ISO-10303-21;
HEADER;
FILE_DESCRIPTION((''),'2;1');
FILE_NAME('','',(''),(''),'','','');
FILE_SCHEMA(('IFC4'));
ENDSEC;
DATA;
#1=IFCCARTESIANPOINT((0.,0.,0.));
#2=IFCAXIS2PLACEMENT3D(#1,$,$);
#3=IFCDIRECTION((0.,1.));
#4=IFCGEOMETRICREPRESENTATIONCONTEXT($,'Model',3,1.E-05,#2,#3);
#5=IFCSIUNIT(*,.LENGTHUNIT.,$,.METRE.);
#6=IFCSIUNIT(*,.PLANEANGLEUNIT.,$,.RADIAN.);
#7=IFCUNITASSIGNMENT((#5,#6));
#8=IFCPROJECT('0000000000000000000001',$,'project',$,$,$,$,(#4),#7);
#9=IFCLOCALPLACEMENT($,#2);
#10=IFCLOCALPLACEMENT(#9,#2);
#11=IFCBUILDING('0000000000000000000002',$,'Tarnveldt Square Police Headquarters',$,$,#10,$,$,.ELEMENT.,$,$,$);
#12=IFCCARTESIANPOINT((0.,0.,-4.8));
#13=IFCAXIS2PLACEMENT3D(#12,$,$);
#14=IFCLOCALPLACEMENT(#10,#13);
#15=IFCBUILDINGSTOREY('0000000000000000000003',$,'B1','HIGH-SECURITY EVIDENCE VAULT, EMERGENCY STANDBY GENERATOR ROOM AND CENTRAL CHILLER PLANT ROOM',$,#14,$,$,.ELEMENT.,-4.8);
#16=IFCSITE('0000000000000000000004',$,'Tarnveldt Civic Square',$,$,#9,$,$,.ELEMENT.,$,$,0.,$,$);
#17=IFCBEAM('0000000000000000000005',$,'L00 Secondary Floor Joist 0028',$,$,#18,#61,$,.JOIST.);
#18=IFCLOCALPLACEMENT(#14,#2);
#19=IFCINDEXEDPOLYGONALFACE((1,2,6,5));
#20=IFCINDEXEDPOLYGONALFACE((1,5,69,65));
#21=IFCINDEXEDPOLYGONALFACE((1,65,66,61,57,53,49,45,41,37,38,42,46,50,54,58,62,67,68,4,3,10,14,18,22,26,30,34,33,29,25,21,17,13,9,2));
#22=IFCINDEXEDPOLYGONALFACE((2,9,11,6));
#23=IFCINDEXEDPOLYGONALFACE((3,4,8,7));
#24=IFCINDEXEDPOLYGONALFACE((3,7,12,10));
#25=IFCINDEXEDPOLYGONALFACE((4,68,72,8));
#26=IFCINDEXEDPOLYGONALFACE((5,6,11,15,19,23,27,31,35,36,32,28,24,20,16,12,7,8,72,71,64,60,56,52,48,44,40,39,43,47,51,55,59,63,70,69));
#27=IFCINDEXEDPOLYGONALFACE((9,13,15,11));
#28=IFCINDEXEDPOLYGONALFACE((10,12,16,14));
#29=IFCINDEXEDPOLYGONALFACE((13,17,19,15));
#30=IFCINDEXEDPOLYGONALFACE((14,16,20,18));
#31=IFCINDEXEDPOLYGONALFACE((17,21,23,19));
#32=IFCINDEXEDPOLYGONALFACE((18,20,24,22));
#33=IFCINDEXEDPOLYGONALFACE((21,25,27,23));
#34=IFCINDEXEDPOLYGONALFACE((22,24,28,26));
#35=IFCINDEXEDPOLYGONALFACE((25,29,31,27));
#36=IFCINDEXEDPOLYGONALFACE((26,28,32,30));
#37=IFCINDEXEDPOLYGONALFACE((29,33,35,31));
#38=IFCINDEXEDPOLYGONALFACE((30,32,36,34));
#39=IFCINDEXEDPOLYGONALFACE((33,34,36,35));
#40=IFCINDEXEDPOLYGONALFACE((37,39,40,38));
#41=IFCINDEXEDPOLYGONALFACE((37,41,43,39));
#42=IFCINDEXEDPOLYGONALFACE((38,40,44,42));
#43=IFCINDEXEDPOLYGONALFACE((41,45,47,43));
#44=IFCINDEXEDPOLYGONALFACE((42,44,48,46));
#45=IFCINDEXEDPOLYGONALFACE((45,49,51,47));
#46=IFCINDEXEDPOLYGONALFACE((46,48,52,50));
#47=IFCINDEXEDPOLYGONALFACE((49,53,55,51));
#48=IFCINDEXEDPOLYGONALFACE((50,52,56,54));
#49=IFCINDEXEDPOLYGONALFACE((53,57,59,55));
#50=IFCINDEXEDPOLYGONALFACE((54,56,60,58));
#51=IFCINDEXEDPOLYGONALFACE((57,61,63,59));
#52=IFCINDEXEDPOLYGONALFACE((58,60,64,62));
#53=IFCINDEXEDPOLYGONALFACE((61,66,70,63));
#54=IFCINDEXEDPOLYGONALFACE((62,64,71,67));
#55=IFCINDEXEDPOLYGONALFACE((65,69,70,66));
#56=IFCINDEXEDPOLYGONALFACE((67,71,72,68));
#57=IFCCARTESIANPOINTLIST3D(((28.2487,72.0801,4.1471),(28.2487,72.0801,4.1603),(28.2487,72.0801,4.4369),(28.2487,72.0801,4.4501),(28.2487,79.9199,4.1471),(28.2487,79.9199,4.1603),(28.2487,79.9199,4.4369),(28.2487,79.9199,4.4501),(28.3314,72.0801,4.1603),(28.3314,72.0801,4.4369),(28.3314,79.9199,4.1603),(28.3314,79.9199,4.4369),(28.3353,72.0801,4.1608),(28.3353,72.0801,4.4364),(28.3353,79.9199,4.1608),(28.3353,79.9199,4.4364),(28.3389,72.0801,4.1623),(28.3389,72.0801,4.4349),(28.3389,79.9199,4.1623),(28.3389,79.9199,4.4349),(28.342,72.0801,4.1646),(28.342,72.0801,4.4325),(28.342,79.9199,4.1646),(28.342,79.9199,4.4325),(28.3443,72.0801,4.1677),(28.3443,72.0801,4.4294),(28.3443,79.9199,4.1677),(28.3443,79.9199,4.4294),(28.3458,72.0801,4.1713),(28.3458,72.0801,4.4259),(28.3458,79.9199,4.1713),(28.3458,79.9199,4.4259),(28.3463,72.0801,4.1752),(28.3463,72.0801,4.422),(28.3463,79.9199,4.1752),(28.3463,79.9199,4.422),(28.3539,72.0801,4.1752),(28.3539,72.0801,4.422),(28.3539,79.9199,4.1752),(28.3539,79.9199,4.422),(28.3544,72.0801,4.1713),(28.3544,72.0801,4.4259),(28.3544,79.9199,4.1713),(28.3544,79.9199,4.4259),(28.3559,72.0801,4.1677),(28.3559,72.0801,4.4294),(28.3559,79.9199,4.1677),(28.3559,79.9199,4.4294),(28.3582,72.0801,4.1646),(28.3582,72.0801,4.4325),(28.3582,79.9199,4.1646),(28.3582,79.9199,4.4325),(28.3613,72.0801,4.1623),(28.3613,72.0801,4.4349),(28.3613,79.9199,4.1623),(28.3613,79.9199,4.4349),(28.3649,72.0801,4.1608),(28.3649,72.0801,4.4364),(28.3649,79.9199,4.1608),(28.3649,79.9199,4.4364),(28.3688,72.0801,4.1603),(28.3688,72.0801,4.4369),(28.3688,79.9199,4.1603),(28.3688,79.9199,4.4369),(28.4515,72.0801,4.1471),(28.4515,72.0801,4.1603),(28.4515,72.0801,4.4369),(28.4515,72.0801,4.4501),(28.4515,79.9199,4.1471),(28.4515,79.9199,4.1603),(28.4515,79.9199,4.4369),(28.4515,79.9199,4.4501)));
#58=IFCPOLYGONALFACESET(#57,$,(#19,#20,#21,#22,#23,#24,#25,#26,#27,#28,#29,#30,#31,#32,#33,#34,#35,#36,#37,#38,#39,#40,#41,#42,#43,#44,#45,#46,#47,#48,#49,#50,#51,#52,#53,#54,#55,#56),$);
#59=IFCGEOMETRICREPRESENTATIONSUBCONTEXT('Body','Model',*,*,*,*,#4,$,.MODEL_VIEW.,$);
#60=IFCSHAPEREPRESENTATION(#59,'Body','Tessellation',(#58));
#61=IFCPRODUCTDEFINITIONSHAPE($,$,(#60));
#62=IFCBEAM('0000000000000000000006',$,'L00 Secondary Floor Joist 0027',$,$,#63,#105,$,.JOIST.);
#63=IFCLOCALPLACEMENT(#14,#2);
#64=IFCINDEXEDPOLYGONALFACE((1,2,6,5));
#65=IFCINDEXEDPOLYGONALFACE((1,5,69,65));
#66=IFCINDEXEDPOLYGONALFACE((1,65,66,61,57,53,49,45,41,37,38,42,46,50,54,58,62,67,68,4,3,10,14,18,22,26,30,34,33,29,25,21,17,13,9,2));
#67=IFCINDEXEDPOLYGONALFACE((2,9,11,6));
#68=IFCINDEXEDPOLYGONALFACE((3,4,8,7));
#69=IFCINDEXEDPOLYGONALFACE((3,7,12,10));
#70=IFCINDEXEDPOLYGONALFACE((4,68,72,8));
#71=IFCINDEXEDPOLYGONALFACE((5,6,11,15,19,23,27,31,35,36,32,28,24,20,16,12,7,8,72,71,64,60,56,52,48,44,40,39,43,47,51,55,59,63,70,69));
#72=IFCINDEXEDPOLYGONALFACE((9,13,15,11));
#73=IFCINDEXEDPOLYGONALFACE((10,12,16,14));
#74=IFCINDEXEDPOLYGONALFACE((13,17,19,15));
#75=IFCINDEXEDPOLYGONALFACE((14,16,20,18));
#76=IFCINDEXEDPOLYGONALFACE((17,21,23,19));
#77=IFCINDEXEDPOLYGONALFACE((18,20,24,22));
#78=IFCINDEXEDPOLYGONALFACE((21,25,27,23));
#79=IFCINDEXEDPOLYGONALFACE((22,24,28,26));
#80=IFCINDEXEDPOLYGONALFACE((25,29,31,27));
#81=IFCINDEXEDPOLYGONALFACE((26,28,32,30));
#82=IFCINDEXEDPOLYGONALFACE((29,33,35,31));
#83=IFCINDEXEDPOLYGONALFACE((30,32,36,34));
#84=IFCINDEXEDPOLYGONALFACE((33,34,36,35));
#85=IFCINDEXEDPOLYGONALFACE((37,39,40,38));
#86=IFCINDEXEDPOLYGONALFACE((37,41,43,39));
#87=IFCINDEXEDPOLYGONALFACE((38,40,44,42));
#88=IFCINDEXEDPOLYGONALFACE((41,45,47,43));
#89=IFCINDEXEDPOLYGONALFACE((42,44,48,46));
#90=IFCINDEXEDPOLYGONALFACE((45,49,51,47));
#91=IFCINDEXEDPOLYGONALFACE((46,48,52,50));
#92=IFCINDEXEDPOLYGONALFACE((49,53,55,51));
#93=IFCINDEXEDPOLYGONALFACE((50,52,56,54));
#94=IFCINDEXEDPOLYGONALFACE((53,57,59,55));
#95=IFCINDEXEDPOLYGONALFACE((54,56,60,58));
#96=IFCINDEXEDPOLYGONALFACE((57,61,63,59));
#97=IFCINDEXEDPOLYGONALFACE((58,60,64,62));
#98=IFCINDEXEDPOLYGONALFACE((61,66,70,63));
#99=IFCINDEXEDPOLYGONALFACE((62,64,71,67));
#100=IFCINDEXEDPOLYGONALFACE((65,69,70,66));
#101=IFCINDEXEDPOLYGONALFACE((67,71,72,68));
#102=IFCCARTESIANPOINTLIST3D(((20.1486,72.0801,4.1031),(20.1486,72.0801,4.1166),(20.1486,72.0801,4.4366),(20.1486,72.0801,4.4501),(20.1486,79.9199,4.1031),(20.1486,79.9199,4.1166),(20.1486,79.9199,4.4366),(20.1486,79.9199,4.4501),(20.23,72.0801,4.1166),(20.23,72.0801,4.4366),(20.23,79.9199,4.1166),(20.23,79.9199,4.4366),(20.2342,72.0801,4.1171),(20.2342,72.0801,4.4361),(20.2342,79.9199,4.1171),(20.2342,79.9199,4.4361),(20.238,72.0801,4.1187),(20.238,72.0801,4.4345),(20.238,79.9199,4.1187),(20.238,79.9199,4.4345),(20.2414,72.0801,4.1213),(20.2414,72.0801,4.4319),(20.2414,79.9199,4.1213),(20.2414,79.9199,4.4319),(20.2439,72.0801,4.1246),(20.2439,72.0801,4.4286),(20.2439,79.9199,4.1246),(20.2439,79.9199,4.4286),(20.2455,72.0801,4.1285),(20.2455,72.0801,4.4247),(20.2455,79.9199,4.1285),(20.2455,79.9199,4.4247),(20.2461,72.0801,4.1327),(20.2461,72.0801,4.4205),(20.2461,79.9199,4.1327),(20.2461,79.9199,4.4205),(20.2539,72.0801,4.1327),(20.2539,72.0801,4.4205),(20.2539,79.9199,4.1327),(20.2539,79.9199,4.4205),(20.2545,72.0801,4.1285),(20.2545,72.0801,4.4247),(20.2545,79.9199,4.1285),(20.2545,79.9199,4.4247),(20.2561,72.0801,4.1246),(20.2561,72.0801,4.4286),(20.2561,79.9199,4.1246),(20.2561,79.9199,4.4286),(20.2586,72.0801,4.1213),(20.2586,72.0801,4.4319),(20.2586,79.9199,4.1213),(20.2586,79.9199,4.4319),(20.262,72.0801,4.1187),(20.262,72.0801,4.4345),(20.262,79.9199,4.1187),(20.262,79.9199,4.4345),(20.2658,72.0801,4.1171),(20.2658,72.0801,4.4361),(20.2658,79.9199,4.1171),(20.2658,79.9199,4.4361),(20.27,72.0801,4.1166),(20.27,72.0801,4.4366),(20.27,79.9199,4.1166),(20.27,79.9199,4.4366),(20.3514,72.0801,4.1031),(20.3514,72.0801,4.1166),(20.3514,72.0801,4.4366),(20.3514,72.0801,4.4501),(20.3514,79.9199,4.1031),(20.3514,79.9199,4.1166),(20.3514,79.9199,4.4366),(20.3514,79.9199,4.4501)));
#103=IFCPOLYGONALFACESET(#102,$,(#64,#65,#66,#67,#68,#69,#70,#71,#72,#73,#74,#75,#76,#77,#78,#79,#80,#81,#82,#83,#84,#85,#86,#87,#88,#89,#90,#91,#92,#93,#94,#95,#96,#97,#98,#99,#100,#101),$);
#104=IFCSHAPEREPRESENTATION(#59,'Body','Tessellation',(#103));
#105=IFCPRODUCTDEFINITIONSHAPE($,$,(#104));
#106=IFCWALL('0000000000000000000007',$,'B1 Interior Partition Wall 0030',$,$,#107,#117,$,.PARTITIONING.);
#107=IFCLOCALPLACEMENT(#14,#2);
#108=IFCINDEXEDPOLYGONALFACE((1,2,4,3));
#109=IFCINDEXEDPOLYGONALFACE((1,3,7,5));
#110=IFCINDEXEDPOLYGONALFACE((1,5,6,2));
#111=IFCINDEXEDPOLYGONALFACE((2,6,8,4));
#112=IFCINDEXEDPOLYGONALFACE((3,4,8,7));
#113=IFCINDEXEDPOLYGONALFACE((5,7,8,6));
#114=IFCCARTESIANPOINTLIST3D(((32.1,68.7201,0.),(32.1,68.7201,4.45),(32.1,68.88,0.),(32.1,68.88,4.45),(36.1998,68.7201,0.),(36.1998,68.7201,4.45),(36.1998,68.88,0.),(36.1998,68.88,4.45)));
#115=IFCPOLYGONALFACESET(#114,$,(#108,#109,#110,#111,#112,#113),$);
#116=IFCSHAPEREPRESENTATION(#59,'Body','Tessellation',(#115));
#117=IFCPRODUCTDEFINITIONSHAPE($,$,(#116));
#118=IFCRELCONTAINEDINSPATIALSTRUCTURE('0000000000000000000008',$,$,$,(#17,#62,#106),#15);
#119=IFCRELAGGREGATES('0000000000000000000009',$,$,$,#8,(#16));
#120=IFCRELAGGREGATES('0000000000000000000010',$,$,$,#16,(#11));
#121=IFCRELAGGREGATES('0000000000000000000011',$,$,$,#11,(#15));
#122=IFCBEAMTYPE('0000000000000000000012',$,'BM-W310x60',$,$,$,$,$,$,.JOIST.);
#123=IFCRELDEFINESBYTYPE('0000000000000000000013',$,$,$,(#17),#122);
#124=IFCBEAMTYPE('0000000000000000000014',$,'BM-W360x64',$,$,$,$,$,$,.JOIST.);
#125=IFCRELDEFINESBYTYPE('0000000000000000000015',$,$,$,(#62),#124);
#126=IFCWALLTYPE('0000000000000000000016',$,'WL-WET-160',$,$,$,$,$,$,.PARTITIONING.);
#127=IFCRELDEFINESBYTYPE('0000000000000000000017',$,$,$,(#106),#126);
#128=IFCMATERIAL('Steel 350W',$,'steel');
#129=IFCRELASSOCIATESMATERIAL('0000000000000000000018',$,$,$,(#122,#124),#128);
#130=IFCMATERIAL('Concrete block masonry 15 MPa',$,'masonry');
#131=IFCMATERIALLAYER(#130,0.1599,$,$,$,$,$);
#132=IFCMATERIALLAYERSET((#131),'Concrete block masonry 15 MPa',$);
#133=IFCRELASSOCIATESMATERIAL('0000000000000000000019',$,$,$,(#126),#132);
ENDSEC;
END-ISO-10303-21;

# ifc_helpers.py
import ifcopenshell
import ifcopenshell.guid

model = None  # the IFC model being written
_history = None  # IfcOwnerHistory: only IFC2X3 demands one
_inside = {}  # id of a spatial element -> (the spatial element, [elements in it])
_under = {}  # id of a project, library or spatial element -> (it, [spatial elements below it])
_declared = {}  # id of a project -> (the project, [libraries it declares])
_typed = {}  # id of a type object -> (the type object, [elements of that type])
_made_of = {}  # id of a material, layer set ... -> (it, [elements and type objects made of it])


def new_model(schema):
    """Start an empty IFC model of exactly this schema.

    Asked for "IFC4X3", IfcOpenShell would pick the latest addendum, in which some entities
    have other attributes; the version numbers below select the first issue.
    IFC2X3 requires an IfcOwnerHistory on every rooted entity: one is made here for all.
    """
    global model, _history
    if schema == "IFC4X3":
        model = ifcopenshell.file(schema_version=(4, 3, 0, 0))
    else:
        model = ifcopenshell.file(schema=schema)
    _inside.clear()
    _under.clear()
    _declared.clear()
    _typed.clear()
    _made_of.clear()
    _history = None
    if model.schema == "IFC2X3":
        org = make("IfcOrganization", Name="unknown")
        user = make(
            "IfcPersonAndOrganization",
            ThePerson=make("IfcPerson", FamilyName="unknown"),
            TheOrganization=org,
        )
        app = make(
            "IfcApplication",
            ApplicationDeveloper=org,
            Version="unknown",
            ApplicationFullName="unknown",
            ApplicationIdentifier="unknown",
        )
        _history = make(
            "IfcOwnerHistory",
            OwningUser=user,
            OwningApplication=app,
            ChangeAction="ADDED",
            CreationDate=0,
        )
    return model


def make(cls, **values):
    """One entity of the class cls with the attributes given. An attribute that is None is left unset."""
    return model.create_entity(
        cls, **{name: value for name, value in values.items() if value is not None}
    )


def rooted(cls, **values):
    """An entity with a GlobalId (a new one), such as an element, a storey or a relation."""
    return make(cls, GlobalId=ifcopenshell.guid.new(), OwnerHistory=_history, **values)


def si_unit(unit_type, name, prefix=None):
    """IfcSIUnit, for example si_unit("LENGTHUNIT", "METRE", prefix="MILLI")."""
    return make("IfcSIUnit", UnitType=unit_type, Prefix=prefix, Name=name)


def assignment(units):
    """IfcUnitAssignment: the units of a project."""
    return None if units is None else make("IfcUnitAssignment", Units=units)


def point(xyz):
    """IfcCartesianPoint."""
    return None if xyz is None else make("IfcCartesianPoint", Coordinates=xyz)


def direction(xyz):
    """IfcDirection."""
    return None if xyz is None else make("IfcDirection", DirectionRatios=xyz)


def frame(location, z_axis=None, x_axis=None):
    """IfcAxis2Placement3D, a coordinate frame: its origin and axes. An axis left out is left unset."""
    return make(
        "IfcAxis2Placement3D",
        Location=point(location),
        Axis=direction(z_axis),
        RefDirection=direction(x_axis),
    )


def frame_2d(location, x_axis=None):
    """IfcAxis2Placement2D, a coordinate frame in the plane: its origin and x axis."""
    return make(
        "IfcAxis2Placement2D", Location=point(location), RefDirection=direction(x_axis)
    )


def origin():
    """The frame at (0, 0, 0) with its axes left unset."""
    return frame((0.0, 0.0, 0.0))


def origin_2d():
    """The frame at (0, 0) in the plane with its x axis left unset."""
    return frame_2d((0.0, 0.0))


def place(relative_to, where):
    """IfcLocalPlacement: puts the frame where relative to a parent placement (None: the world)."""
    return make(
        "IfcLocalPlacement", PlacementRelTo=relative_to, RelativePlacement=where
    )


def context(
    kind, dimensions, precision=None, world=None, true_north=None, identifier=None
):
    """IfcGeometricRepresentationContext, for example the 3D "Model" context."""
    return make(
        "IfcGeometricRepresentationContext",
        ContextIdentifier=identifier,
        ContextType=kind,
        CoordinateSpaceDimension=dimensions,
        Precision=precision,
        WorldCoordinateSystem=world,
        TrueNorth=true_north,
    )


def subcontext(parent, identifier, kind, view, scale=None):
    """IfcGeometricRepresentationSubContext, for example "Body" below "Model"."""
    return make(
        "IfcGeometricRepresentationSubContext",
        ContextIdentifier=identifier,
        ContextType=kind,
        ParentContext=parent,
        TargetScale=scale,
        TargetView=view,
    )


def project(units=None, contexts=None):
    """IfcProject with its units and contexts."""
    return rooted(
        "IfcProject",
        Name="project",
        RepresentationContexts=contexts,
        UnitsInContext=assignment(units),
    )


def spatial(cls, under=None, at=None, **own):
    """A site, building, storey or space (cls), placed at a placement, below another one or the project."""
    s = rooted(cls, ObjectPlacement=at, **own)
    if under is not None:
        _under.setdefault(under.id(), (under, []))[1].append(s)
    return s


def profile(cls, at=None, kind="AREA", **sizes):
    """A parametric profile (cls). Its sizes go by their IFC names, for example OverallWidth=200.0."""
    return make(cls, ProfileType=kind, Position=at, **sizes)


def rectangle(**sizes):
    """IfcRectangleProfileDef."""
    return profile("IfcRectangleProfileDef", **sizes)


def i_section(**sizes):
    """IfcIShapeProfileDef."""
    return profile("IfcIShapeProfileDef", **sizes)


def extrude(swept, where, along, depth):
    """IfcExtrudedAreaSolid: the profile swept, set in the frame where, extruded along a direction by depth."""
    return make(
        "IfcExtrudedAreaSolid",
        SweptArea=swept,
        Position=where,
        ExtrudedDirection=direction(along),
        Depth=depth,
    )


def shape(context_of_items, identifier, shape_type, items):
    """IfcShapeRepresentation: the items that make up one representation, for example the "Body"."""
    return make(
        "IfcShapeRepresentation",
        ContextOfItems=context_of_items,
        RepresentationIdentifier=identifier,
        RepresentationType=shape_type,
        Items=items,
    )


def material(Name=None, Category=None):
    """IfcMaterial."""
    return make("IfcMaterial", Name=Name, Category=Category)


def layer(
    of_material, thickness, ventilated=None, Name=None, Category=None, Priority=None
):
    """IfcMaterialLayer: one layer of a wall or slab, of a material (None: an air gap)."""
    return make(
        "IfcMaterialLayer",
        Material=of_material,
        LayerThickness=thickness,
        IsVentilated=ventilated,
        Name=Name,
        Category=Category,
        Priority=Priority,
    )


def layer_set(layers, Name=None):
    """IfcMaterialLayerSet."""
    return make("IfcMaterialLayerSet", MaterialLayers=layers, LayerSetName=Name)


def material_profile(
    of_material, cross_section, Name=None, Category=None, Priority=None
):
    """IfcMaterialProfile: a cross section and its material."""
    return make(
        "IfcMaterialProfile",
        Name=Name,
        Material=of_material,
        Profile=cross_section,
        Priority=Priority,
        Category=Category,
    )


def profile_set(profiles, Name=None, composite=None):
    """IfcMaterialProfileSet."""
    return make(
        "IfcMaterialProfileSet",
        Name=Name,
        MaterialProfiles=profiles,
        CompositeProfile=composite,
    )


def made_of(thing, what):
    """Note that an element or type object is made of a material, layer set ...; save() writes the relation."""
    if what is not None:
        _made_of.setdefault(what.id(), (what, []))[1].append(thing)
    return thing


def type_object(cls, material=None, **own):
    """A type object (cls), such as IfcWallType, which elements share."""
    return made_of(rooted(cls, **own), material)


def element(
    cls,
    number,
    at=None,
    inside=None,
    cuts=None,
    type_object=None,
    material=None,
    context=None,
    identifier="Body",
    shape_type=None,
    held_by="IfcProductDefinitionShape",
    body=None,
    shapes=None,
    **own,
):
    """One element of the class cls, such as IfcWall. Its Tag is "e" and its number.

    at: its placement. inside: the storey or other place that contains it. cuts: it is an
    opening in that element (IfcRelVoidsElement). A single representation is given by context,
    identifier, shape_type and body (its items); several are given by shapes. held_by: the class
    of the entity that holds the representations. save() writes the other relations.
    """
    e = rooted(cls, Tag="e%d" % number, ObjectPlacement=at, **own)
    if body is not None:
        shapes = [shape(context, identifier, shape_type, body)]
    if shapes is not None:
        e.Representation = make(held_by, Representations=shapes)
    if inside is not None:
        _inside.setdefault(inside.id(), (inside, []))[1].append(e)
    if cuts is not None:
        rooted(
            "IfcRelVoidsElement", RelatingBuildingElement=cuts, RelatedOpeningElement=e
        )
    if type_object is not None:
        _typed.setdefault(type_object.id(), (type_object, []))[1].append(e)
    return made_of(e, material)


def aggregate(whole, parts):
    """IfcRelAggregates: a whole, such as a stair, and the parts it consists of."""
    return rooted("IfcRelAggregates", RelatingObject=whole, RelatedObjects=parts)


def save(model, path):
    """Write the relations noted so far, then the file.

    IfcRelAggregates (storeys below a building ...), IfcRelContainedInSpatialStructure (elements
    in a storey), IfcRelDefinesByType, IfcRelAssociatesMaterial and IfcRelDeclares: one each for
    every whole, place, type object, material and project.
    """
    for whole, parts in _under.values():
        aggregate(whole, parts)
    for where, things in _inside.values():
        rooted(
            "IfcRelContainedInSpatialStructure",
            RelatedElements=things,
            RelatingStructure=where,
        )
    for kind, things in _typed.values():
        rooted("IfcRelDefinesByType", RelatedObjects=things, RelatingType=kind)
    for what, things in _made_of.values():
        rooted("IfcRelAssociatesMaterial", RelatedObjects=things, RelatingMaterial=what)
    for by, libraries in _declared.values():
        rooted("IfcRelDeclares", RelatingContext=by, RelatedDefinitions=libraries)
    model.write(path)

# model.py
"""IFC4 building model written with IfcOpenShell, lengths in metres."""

from ifc_helpers import new_model, si_unit, direction, frame, frame_2d, origin, origin_2d, place, context, subcontext, project, spatial, rectangle, i_section, extrude, material, layer, layer_set, material_profile, profile_set, type_object, element, save


model = new_model("IFC4")

# Units and contexts
model_context = context("Model", 3, precision=1e-05, world=origin(), true_north=direction((0.0, 1.0)))
body_context = subcontext(model_context, "Body", "Model", "MODEL_VIEW")
ifc_project = project(units=[si_unit("LENGTHUNIT", "METRE"), si_unit("PLANEANGLEUNIT", "RADIAN")], contexts=[model_context])

# Site, building, storey
site_placement = place(None, origin())
site = spatial("IfcSite", under=ifc_project, at=site_placement, Name="Tarnveldt Civic Square", CompositionType="ELEMENT", RefElevation=0.0)
building_placement = place(site_placement, origin())
building = spatial("IfcBuilding", under=site, at=building_placement, Name="Tarnveldt Square Police Headquarters", CompositionType="ELEMENT")
storey_placement = place(building_placement, frame((0.0, 0.0, -4.8)))
storey = spatial("IfcBuildingStorey", under=building, at=storey_placement, Name="B1", Description="HIGH-SECURITY EVIDENCE VAULT, EMERGENCY STANDBY GENERATOR ROOM AND CENTRAL CHILLER PLANT ROOM", CompositionType="ELEMENT", Elevation=-4.8)

# Beams
ifc_material_1 = material(Name="Steel 350W", Category="steel")
ifc_material_profile_1 = material_profile(ifc_material_1, i_section(OverallWidth=0.2029, OverallDepth=0.303, WebThickness=0.0076, FlangeThickness=0.0132, FilletRadius=0.0149, at=origin_2d()), Name="W310x60")
ifc_profile_set_1 = profile_set([ifc_material_profile_1], Name="Steel 350W")
beam_type_1 = type_object("IfcBeamType", Name="BM-W310x60", PredefinedType="JOIST", material=ifc_profile_set_1)
beam_1_placement = place(storey_placement, frame((28.3501, 72.0801, 4.2986), z_axis=(0.0, 1.0, 0.0), x_axis=(-1.0, 0.0, 0.0)))
element("IfcBeam", 1, at=beam_1_placement, inside=storey, type_object=beam_type_1, Name="L00 Secondary Floor Joist 0028", PredefinedType="JOIST", context=body_context, shape_type="SweptSolid", body=[
    extrude(i_section(OverallWidth=0.2029, OverallDepth=0.303, WebThickness=0.0076, FlangeThickness=0.0132, FilletRadius=0.0149, at=origin_2d()), origin(), (0.0, 0.0, 1.0), 7.8398),
])
ifc_material_profile_2 = material_profile(ifc_material_1, i_section(OverallWidth=0.2029, OverallDepth=0.3469, WebThickness=0.0078, FlangeThickness=0.0134, FilletRadius=0.0161, at=origin_2d()), Name="W360x64")
ifc_profile_set_2 = profile_set([ifc_material_profile_2], Name="Steel 350W")
beam_type_2 = type_object("IfcBeamType", Name="BM-W360x64", PredefinedType="JOIST", material=ifc_profile_set_2)
beam_2_placement = place(storey_placement, frame((20.25, 72.0801, 4.2766), z_axis=(0.0, 1.0, 0.0), x_axis=(-1.0, 0.0, 0.0)))
element("IfcBeam", 2, at=beam_2_placement, inside=storey, type_object=beam_type_2, Name="L00 Secondary Floor Joist 0027", PredefinedType="JOIST", context=body_context, shape_type="SweptSolid", body=[
    extrude(i_section(OverallWidth=0.2029, OverallDepth=0.3469, WebThickness=0.0078, FlangeThickness=0.0134, FilletRadius=0.0161, at=origin_2d()), origin(), (0.0, 0.0, 1.0), 7.8398),
])

# Wall
ifc_material_2 = material(Name="Concrete block masonry 15 MPa", Category="masonry")
ifc_layer = layer(ifc_material_2, 0.1599)
ifc_layer_set = layer_set([ifc_layer], Name="Concrete block masonry 15 MPa")
wall_type = type_object("IfcWallType", Name="WL-WET-160", PredefinedType="PARTITIONING", material=ifc_layer_set)
wall_placement = place(storey_placement, frame((32.1001, 68.8, 0.0), z_axis=(0.0, 0.0, 1.0), x_axis=(1.0, 0.0, 0.0)))
element("IfcWall", 3, at=wall_placement, inside=storey, type_object=wall_type, Name="B1 Interior Partition Wall 0030", PredefinedType="PARTITIONING", context=body_context, shape_type="SweptSolid", body=[
    extrude(rectangle(XDim=4.0999, YDim=0.1599, at=frame_2d((2.0498, 0.0))), origin(), (0.0, 0.0, 1.0), 4.45),
])

save(model, "model.ifc")
